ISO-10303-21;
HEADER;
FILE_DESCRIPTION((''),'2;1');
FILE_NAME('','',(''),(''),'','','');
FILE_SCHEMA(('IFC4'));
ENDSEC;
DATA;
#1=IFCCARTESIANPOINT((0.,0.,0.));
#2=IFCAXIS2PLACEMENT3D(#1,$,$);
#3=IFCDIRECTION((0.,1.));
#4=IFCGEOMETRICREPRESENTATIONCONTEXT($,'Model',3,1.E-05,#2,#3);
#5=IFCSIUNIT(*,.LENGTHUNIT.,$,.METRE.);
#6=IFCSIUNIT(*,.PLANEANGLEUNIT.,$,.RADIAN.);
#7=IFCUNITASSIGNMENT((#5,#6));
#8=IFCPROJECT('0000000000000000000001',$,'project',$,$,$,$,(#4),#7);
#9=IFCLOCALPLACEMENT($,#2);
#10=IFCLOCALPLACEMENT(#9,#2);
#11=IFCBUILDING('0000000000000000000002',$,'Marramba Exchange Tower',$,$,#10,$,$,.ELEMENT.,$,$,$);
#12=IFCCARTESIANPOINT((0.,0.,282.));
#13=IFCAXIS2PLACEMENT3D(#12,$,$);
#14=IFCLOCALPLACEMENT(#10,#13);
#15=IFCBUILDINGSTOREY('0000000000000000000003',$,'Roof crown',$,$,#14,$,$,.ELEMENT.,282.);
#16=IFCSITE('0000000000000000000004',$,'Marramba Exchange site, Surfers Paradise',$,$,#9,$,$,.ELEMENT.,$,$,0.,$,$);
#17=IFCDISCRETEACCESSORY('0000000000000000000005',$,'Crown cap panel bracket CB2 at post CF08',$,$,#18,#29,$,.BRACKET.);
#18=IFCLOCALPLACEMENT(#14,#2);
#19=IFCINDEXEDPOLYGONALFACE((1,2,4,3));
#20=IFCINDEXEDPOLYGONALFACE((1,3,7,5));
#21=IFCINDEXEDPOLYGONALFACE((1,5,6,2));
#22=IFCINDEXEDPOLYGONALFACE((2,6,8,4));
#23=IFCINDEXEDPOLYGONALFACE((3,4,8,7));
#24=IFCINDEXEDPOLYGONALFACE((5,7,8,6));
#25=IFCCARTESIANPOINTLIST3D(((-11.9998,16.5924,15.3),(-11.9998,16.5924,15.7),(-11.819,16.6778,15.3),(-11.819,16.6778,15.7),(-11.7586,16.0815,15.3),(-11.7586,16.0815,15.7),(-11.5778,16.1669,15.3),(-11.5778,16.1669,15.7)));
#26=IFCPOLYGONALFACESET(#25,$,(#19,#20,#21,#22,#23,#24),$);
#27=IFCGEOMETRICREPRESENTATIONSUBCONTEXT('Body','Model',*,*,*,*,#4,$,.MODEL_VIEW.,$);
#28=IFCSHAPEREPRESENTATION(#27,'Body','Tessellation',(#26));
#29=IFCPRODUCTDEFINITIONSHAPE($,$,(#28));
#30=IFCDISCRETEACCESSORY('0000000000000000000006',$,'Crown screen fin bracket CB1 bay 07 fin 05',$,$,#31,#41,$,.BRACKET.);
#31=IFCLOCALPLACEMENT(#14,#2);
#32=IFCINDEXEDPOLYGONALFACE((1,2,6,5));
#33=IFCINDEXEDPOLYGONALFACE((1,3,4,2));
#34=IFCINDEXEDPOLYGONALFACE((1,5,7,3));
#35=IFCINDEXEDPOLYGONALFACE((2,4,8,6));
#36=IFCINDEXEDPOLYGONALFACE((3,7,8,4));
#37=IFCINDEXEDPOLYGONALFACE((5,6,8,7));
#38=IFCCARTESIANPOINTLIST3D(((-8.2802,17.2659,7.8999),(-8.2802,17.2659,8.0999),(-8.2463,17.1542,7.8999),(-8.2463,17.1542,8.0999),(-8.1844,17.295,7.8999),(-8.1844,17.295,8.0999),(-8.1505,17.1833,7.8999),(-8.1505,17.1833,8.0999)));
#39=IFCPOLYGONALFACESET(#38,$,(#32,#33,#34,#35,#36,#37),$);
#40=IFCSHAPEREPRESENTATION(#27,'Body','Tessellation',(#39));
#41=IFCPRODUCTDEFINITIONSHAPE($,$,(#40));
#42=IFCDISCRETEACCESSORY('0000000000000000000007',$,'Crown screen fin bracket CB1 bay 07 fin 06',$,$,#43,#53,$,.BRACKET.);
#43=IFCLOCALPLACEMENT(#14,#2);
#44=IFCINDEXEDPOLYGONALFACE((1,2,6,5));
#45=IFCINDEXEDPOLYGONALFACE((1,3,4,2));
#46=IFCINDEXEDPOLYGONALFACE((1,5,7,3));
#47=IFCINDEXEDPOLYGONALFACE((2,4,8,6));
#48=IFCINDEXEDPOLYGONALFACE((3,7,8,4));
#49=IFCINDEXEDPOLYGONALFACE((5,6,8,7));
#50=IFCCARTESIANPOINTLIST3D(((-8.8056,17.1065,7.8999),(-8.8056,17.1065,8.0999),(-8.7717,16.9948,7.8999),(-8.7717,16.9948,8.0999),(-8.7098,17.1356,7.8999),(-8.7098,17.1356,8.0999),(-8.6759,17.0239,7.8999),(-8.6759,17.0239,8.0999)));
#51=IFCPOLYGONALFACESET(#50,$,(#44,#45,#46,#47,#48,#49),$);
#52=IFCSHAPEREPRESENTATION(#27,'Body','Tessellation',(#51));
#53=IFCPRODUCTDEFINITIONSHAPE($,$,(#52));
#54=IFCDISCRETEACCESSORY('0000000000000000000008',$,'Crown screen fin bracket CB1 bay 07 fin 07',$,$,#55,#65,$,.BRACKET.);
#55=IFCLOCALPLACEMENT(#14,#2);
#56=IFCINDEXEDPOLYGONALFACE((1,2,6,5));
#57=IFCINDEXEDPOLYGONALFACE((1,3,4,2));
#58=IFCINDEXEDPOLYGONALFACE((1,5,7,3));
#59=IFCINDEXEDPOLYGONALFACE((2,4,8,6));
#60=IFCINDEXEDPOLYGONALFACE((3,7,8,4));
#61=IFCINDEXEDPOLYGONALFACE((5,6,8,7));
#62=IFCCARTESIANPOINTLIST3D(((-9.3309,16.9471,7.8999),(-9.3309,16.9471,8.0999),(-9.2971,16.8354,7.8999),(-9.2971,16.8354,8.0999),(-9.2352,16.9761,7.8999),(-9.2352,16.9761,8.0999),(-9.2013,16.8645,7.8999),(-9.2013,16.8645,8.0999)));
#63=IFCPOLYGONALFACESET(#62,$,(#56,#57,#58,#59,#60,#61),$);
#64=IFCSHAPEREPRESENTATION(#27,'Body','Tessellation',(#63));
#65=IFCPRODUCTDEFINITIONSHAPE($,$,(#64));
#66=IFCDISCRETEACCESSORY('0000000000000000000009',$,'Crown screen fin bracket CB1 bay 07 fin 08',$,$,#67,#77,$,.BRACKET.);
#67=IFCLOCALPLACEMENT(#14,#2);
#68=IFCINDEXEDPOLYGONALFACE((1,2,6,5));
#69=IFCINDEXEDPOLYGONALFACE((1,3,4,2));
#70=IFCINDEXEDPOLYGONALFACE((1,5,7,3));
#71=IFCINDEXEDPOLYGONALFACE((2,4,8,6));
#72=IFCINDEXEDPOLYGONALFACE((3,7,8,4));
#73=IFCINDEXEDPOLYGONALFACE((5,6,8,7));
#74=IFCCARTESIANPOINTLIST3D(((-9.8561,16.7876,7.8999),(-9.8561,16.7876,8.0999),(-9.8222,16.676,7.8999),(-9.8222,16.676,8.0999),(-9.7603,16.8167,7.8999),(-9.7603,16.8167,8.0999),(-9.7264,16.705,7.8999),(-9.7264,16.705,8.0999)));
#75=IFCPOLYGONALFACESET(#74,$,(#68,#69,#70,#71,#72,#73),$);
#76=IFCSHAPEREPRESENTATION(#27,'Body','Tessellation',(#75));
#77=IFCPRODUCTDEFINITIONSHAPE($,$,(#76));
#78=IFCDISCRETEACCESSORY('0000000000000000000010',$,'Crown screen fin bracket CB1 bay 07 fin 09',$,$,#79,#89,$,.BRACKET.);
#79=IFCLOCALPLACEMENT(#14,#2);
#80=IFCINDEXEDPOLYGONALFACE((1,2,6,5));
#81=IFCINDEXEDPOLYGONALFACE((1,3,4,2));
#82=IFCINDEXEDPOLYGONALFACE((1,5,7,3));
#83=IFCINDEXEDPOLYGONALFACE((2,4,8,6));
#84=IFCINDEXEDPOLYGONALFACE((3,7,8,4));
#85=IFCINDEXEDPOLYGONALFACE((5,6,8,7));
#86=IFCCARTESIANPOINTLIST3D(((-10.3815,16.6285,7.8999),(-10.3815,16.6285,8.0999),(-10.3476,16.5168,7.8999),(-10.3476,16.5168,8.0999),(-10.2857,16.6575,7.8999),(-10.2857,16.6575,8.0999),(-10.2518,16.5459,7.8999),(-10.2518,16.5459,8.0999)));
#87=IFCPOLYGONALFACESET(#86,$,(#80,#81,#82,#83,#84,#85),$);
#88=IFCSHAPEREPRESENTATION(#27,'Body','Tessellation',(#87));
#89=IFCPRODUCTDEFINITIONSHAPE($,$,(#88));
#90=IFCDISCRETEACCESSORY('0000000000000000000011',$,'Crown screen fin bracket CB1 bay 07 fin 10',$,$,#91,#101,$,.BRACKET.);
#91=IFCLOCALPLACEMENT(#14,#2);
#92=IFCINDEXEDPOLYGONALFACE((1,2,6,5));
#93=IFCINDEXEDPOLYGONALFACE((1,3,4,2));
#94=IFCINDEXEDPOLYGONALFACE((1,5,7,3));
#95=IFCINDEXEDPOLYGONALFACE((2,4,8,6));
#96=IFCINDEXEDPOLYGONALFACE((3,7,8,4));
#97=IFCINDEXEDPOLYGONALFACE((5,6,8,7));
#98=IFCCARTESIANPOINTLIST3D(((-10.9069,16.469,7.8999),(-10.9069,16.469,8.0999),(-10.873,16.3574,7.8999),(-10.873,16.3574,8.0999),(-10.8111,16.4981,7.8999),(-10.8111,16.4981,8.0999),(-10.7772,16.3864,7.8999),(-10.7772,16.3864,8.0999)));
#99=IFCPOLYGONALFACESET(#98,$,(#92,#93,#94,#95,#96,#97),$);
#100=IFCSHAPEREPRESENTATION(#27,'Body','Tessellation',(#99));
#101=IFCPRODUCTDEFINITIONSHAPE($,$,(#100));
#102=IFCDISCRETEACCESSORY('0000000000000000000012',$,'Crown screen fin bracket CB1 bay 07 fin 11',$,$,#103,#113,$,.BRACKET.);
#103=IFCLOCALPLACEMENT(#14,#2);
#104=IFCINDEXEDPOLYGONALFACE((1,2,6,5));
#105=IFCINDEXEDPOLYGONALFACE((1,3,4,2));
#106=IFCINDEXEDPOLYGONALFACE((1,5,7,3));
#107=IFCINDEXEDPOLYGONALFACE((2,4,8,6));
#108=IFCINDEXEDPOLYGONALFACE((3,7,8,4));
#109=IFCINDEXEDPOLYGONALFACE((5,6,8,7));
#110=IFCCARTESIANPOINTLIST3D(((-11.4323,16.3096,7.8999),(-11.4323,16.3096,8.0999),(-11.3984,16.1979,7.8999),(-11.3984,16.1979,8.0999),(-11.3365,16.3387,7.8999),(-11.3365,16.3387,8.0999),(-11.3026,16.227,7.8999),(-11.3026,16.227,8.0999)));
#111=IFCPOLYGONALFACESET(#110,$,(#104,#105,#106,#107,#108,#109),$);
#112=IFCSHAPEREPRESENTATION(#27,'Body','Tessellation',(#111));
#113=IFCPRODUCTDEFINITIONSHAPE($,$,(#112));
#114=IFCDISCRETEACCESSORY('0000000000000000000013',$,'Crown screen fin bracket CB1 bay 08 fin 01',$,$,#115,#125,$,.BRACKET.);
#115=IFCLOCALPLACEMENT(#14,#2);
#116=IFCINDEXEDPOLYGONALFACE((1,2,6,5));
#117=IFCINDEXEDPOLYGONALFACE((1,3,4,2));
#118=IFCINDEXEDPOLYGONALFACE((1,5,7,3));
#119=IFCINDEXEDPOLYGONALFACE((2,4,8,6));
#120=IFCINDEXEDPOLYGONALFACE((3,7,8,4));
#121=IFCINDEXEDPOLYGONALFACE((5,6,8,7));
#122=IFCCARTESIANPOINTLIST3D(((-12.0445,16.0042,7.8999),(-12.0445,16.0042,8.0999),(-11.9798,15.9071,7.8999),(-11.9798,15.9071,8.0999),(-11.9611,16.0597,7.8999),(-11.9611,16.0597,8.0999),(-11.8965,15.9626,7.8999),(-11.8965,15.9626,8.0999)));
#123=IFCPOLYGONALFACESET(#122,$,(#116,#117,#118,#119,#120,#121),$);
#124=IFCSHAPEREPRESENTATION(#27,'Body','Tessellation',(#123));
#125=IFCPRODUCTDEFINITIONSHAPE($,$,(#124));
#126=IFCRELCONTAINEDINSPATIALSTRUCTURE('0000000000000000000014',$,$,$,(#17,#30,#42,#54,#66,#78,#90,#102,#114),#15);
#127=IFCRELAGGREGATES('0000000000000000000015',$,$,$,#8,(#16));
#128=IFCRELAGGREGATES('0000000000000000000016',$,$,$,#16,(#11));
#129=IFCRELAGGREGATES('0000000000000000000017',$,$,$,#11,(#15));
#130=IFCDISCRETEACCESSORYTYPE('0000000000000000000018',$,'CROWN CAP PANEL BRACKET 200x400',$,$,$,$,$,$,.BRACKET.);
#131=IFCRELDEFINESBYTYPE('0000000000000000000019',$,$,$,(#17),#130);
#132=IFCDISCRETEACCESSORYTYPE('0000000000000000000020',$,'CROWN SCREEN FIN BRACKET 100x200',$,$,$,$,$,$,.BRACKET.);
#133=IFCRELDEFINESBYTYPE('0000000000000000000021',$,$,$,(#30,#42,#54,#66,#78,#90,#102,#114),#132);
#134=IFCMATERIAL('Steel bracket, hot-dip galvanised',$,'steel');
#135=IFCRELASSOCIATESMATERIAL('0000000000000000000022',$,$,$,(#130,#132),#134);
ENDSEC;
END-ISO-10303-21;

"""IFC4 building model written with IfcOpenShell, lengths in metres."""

from ifc_helpers import new_model, si_unit, direction, frame, origin, origin_2d, place, context, subcontext, project, spatial, rectangle, extrude, material, type_object, element, save


model = new_model("IFC4")

# Units and contexts
model_context = context("Model", 3, precision=1e-05, world=origin(), true_north=direction((0.0, 1.0)))
body_context = subcontext(model_context, "Body", "Model", "MODEL_VIEW")
ifc_project = project(units=[si_unit("LENGTHUNIT", "METRE"), si_unit("PLANEANGLEUNIT", "RADIAN")], contexts=[model_context])

# Site, building, storey
site_placement = place(None, origin())
site = spatial("IfcSite", under=ifc_project, at=site_placement, Name="Marramba Exchange site, Surfers Paradise", CompositionType="ELEMENT", RefElevation=0.0)
building_placement = place(site_placement, origin())
building = spatial("IfcBuilding", under=site, at=building_placement, Name="Marramba Exchange Tower", CompositionType="ELEMENT")
storey_placement = place(building_placement, frame((0.0, 0.0, 282.0)))
storey = spatial("IfcBuildingStorey", under=building, at=storey_placement, Name="Roof crown", CompositionType="ELEMENT", Elevation=282.0)

# Discrete accessories
ifc_material_1 = material(Name="Steel bracket, hot-dip galvanised", Category="steel")
discrete_accessory_type_1 = type_object("IfcDiscreteAccessoryType", Name="CROWN CAP PANEL BRACKET 200x400", PredefinedType="BRACKET", material=ifc_material_1)
discrete_accessory_placement = place(storey_placement, frame((-11.7888, 16.3796, 15.3), z_axis=(0.0, 0.0, 1.0), x_axis=(-0.426919, 0.90429, 0.0)))
element("IfcDiscreteAccessory", 1, at=discrete_accessory_placement, inside=storey, type_object=discrete_accessory_type_1, Name="Crown cap panel bracket CB2 at post CF08", PredefinedType="BRACKET", context=body_context, shape_type="SweptSolid", body=[
    extrude(rectangle(XDim=0.5649, YDim=0.2, at=origin_2d()), origin(), (0.0, 0.0, 1.0), 0.3999),
])
discrete_accessory_type_2 = type_object("IfcDiscreteAccessoryType", Name="CROWN SCREEN FIN BRACKET 100x200", PredefinedType="BRACKET", material=ifc_material_1)
for number, where, z_axis, x_axis, name in (
    (2, (-8.2153, 17.2246, 7.8999), (0.0, 0.0, 1.0), (-0.95692, -0.290352, 0.0), "Crown screen fin bracket CB1 bay 07 fin 05"),
    (3, (-8.7407, 17.0652, 7.8999), (0.0, 0.0, 1.0), (-0.95692, -0.290352, 0.0), "Crown screen fin bracket CB1 bay 07 fin 06"),
    (4, (-9.2661, 16.9058, 7.8999), (0.0, 0.0, 1.0), (-0.95692, -0.290352, 0.0), "Crown screen fin bracket CB1 bay 07 fin 07"),
    (5, (-9.7913, 16.7463, 7.8999), (0.0, 0.0, 1.0), (-0.95692, -0.290352, 0.0), "Crown screen fin bracket CB1 bay 07 fin 08"),
    (6, (-10.3167, 16.5872, 7.8999), (0.0, 0.0, 1.0), (-0.95692, -0.290352, 0.0), "Crown screen fin bracket CB1 bay 07 fin 09"),
    (7, (-10.842, 16.4277, 7.8999), (0.0, 0.0, 1.0), (-0.95692, -0.290352, 0.0), "Crown screen fin bracket CB1 bay 07 fin 10"),
    (8, (-11.3674, 16.2683, 7.8999), (0.0, 0.0, 1.0), (-0.95692, -0.290352, 0.0), "Crown screen fin bracket CB1 bay 07 fin 11"),
    (9, (-11.9705, 15.9834, 7.8999), (0.0, 0.0, 1.0), (-0.832289, -0.554342, 0.0), "Crown screen fin bracket CB1 bay 08 fin 01"),
):
    element("IfcDiscreteAccessory", number, at=place(storey_placement, frame(where, z_axis=z_axis, x_axis=x_axis)), inside=storey, type_object=discrete_accessory_type_2, Name=name, PredefinedType="BRACKET", context=body_context, shape_type="SweptSolid", body=[
        extrude(rectangle(XDim=0.1001, YDim=0.1167, at=origin_2d()), origin(), (0.0, 0.0, 1.0), 0.2),
    ])

save(model, "model.ifc")
